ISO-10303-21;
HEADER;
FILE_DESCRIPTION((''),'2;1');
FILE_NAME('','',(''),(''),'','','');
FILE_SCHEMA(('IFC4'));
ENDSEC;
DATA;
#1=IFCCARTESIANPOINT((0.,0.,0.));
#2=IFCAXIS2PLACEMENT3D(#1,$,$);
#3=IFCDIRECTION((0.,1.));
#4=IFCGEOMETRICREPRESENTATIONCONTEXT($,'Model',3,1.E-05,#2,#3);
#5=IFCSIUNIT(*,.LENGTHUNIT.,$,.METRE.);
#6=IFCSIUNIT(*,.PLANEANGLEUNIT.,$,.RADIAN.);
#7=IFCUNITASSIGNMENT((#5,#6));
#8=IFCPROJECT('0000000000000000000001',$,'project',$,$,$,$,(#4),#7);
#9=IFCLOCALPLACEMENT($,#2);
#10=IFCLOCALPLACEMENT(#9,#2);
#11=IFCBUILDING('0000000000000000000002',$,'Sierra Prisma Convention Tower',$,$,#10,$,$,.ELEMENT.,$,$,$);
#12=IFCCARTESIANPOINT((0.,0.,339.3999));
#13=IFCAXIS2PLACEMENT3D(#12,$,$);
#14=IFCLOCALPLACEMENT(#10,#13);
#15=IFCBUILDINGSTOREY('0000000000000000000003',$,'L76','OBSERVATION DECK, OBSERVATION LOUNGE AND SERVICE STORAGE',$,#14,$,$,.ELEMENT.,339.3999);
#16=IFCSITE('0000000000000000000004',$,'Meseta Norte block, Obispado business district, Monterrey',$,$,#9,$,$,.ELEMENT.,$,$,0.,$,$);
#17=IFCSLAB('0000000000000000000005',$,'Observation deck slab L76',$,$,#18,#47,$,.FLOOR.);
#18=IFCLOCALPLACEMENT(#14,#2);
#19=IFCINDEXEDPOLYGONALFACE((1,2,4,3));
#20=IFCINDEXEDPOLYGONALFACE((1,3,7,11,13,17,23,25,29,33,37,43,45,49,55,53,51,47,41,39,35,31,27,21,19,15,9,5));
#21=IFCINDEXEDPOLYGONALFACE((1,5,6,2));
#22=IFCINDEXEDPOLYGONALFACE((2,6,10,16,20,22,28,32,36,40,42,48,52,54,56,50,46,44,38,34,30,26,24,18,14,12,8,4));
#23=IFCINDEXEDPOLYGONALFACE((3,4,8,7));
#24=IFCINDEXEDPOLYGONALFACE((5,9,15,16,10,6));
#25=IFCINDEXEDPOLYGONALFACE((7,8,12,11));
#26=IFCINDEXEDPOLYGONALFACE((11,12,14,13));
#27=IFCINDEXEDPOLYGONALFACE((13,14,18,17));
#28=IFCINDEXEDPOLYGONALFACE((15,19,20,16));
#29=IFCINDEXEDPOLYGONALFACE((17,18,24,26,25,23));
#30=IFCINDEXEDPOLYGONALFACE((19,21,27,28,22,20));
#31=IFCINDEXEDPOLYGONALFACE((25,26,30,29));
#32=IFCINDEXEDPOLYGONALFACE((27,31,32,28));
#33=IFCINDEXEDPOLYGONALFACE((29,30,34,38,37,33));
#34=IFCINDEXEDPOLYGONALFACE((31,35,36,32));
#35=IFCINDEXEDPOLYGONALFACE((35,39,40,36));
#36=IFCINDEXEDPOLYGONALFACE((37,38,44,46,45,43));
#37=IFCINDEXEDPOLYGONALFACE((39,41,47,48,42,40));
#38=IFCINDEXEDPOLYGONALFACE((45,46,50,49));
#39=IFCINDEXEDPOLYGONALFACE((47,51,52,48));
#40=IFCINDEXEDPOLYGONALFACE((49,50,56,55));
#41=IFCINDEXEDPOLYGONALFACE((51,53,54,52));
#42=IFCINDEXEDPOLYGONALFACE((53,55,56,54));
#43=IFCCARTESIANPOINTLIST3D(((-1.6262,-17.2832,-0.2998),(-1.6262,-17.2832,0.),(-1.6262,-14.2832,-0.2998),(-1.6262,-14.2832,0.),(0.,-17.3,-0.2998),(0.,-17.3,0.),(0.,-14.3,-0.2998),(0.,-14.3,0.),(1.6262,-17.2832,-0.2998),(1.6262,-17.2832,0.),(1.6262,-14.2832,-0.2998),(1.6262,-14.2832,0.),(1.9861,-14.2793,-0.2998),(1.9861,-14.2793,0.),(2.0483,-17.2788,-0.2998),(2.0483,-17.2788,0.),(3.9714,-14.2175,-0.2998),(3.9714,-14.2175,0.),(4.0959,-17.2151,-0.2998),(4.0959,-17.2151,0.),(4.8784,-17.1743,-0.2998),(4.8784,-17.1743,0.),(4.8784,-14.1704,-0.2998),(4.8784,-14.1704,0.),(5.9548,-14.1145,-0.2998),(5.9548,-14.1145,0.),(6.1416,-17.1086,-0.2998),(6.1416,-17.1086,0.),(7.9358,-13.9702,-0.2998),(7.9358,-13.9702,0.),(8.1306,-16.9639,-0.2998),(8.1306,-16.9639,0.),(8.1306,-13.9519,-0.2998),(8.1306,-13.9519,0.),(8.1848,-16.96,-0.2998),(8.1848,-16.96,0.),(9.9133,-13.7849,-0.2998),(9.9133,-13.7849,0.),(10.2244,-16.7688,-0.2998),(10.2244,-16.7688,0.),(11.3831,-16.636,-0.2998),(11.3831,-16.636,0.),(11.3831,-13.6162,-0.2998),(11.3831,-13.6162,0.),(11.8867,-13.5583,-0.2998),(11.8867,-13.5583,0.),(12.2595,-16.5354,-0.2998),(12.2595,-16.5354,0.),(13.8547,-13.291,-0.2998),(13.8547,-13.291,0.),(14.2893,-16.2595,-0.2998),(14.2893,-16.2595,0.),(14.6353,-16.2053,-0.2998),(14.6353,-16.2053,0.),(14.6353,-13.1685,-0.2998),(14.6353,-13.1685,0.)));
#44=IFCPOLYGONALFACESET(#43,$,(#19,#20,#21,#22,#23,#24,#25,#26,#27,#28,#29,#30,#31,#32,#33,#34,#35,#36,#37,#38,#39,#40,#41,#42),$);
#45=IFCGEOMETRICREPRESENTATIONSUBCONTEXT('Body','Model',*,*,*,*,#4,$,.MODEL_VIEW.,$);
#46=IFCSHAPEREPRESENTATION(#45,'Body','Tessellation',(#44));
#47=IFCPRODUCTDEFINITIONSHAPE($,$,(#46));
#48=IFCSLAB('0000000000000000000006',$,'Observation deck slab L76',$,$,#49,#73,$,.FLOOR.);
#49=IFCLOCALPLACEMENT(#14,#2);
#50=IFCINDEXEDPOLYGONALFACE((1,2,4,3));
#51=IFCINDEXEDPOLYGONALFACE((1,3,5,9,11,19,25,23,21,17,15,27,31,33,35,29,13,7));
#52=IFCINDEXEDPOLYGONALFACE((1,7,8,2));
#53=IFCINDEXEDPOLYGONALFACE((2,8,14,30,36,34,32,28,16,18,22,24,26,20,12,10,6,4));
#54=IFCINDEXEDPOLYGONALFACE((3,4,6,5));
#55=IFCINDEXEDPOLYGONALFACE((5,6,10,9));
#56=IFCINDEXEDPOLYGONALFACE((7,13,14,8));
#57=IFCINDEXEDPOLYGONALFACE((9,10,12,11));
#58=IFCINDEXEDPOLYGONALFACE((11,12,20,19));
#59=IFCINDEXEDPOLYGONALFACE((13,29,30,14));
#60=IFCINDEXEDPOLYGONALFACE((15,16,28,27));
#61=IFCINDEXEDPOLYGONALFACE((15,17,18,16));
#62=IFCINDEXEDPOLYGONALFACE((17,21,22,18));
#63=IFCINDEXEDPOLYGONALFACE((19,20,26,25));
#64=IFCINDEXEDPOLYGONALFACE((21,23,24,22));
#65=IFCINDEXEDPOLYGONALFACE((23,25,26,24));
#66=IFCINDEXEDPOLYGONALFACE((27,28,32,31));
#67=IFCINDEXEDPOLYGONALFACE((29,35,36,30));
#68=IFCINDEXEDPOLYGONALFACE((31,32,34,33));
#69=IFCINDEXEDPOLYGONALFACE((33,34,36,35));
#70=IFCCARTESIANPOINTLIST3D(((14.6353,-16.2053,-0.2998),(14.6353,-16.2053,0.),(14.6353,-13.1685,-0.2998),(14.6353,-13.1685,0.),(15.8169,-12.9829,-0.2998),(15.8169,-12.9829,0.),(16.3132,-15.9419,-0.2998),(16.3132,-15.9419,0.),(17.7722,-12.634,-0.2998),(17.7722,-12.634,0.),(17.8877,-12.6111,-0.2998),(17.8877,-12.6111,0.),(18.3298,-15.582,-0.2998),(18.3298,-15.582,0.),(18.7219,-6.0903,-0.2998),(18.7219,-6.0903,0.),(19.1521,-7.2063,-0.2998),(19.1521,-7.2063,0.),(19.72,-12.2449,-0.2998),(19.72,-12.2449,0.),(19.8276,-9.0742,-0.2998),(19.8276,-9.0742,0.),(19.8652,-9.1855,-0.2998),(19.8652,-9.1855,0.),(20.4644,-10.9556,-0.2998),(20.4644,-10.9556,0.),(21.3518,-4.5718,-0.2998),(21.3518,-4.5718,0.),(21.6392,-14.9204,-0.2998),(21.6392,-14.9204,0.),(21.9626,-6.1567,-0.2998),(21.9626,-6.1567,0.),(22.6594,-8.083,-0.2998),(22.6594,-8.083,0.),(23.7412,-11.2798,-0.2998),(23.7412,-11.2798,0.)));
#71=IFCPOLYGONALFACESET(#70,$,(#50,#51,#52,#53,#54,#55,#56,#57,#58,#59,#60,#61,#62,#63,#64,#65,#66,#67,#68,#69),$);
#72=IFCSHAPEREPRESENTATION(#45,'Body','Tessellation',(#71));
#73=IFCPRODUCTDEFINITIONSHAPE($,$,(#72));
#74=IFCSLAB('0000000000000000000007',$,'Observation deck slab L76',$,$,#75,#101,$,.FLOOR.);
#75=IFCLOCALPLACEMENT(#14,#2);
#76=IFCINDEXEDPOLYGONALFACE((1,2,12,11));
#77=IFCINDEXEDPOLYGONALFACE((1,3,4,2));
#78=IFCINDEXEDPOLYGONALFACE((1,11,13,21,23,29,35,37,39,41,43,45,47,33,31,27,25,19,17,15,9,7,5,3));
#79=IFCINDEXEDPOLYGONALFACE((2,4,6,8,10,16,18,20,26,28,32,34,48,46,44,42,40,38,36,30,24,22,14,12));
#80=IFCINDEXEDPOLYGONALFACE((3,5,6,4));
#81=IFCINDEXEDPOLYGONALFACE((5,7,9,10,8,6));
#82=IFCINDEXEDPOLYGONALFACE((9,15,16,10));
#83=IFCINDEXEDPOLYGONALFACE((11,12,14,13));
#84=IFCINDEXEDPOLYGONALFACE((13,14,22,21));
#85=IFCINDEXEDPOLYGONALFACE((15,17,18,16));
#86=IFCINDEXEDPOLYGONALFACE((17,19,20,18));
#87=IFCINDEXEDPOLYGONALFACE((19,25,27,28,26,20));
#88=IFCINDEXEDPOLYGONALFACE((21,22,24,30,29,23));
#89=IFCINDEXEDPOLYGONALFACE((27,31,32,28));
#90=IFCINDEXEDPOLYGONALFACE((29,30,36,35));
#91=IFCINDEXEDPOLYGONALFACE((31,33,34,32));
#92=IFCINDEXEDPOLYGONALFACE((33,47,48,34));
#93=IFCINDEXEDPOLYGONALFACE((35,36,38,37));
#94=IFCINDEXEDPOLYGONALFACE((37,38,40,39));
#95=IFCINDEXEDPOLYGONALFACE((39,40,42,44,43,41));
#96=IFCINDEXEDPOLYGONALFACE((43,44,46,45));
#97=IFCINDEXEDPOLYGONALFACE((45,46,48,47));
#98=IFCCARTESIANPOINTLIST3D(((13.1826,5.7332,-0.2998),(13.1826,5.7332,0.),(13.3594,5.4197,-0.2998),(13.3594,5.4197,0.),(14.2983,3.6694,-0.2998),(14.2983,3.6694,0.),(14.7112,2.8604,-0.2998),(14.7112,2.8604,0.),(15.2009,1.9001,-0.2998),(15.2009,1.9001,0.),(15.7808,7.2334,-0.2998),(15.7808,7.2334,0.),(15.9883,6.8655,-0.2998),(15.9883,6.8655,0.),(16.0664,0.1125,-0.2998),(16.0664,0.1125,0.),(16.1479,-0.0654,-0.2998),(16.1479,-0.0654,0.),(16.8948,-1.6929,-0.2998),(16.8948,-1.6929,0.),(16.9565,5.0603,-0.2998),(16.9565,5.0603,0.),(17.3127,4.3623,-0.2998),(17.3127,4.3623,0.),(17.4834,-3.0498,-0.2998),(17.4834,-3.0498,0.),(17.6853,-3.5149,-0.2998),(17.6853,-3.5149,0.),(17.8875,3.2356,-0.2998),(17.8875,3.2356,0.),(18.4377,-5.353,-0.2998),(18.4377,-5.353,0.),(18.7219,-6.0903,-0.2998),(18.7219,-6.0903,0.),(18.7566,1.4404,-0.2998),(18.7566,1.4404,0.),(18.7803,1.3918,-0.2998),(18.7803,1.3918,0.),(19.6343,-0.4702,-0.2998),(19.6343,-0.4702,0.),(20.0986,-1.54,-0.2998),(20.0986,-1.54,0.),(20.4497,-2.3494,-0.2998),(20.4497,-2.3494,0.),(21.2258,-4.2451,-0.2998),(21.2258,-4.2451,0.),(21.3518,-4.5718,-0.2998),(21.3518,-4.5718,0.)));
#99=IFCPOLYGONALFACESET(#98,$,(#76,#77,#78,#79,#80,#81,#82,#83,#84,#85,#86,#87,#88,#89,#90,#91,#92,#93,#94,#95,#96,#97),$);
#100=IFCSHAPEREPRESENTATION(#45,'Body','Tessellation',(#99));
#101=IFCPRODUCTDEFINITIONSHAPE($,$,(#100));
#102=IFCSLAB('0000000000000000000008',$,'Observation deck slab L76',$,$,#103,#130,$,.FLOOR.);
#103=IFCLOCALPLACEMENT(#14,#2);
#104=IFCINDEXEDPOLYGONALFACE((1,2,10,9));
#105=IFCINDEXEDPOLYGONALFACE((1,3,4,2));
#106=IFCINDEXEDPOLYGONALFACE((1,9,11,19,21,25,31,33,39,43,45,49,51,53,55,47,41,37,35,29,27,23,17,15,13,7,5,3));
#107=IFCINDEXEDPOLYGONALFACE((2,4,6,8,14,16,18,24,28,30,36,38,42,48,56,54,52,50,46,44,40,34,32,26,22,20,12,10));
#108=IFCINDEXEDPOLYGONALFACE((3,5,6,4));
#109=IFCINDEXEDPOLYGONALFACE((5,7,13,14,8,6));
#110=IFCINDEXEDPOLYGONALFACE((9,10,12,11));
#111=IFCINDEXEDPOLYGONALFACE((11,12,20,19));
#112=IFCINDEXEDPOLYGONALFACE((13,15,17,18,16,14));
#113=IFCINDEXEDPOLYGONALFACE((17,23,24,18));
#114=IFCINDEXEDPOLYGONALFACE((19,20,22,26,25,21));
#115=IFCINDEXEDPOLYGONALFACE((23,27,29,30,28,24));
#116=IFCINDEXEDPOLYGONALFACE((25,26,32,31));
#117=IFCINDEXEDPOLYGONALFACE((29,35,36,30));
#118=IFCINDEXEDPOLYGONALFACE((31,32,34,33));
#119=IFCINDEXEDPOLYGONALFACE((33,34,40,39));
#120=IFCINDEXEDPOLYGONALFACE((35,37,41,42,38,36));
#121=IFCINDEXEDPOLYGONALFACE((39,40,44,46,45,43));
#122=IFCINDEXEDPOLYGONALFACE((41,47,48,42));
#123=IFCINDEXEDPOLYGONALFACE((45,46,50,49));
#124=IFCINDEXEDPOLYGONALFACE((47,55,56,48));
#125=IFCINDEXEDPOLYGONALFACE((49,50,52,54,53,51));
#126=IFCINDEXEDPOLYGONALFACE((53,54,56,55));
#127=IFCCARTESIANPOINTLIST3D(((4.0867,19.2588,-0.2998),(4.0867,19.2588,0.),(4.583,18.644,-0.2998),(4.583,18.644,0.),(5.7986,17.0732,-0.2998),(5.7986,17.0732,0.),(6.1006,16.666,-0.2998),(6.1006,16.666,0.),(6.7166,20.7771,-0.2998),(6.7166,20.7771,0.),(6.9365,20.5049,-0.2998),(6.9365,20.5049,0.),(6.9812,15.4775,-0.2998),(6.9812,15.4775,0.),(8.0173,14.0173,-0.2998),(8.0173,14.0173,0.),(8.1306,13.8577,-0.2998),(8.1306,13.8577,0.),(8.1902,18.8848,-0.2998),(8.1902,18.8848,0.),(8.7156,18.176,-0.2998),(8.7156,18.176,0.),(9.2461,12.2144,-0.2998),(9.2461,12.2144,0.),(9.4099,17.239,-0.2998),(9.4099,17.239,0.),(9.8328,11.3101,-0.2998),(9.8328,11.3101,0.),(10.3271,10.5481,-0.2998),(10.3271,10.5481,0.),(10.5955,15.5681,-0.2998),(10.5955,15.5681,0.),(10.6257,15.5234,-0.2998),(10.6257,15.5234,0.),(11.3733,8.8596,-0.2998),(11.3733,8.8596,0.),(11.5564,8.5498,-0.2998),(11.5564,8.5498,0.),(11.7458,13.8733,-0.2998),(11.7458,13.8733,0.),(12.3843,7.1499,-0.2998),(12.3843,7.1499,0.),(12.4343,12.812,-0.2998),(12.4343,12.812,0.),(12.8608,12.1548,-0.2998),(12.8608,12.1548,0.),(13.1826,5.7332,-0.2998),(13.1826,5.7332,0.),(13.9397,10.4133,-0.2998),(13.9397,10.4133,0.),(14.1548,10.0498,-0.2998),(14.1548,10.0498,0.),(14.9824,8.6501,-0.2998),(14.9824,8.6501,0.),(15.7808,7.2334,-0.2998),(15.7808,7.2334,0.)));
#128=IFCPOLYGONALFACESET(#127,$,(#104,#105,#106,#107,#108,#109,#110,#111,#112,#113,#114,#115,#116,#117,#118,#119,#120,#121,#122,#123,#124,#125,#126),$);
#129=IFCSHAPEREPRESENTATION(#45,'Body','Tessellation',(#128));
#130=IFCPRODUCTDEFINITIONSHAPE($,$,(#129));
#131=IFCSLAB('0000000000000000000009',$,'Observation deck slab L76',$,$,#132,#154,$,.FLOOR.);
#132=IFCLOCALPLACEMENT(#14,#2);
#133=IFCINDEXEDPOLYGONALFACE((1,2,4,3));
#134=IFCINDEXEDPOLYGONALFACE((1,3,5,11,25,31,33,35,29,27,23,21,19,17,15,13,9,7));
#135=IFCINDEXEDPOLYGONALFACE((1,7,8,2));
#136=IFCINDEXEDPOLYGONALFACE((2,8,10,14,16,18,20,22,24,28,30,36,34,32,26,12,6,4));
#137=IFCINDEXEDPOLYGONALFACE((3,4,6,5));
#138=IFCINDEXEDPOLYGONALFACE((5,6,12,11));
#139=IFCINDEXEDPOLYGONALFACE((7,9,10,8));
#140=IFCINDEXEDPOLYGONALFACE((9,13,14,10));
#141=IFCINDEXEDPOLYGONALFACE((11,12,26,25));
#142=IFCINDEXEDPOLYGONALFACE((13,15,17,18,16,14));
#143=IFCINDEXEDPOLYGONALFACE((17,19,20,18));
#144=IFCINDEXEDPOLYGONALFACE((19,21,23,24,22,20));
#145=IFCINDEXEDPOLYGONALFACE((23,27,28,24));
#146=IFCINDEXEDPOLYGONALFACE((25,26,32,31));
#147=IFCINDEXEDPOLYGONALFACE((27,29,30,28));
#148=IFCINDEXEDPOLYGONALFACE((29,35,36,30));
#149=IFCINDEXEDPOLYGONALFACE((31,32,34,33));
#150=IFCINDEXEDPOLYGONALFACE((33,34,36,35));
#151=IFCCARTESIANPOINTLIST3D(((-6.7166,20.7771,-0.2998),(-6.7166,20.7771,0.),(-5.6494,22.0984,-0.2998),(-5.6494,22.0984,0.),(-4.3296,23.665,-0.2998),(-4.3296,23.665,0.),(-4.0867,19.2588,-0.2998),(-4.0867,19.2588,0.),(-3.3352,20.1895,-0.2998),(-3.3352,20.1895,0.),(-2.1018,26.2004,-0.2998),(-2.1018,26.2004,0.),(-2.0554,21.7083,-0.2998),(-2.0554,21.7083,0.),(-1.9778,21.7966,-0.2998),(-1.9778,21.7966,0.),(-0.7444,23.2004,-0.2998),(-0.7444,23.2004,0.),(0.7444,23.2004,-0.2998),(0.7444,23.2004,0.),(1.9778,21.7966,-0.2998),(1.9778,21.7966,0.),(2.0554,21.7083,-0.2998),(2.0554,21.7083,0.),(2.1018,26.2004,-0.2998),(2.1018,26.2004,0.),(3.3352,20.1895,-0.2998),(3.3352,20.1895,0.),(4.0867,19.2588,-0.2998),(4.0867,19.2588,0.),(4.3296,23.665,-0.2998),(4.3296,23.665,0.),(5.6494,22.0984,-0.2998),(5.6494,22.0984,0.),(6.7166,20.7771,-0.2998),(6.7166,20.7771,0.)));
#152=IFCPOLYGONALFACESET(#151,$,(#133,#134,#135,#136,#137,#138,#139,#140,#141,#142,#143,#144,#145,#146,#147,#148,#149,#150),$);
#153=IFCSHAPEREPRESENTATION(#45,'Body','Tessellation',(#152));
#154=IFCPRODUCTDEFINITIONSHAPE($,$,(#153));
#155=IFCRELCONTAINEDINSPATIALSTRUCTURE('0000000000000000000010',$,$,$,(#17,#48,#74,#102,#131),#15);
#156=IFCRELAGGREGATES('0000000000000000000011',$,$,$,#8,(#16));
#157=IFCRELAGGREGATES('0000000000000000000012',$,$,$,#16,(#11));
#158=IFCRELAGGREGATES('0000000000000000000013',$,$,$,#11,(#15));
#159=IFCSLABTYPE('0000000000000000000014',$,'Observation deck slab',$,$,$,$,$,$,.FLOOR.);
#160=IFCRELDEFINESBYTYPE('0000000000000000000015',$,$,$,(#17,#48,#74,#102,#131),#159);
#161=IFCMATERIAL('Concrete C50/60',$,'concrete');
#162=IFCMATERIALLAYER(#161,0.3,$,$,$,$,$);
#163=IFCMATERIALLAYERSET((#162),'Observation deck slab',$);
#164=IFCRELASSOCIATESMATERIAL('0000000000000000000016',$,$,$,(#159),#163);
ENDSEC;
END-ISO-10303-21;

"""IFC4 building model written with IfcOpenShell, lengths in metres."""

from ifc_helpers import new_model, si_unit, direction, frame, origin, place, context, subcontext, project, spatial, polyline, outline, extrude, material, layer, layer_set, type_object, element, save


model = new_model("IFC4")

# Units and contexts
model_context = context("Model", 3, precision=1e-05, world=origin(), true_north=direction((0.0, 1.0)))
body_context = subcontext(model_context, "Body", "Model", "MODEL_VIEW")
ifc_project = project(units=[si_unit("LENGTHUNIT", "METRE"), si_unit("PLANEANGLEUNIT", "RADIAN")], contexts=[model_context])

# Site, building, storey
site_placement = place(None, origin())
site = spatial("IfcSite", under=ifc_project, at=site_placement, Name="Meseta Norte block, Obispado business district, Monterrey", CompositionType="ELEMENT", RefElevation=0.0)
building_placement = place(site_placement, origin())
building = spatial("IfcBuilding", under=site, at=building_placement, Name="Sierra Prisma Convention Tower", CompositionType="ELEMENT")
storey_placement = place(building_placement, frame((0.0, 0.0, 339.3999)))
storey = spatial("IfcBuildingStorey", under=building, at=storey_placement, Name="L76", Description="OBSERVATION DECK, OBSERVATION LOUNGE AND SERVICE STORAGE", CompositionType="ELEMENT", Elevation=339.3999)

# Slabs
ifc_material_1 = material(Name="Concrete C50/60", Category="concrete")
ifc_layer_1 = layer(ifc_material_1, 0.3)
ifc_layer_set_1 = layer_set([ifc_layer_1], Name="Observation deck slab")
slab_type = type_object("IfcSlabType", Name="Observation deck slab", PredefinedType="FLOOR", material=ifc_layer_set_1)
slab_1_placement = place(storey_placement, frame((0.0, 0.0, -0.2998)))
element("IfcSlab", 1, at=slab_1_placement, inside=storey, type_object=slab_type, Name="Observation deck slab L76", PredefinedType="FLOOR", context=body_context, shape_type="SweptSolid", body=[
    extrude(outline(polyline([(-1.6262, -17.2832), (-1.6262, -14.2832), (0.0, -14.3), (1.6262, -14.2832), (1.9861, -14.2793), (3.9714, -14.2175), (4.8784, -14.1704), (5.9548, -14.1145), (7.9358, -13.9702), (8.1306, -13.9519), (9.9133, -13.7849), (11.3831, -13.6162), (11.8867, -13.5583), (13.8547, -13.291), (14.6353, -13.1685), (14.6353, -16.2053), (14.2893, -16.2595), (12.2595, -16.5354), (11.3831, -16.636), (10.2244, -16.7688), (8.1848, -16.96), (8.1306, -16.9639), (6.1416, -17.1086), (4.8784, -17.1743), (4.0959, -17.2151), (2.0483, -17.2788), (1.6262, -17.2832), (0.0, -17.3), (-1.6262, -17.2832)])), origin(), (0.0, 0.0, 1.0), 0.2998),
])
slab_2_placement = place(storey_placement, frame((0.0, 0.0, -0.2998)))
element("IfcSlab", 2, at=slab_2_placement, inside=storey, type_object=slab_type, Name="Observation deck slab L76", PredefinedType="FLOOR", context=body_context, shape_type="SweptSolid", body=[
    extrude(outline(polyline([(21.3518, -4.5718), (21.9626, -6.1567), (22.6594, -8.083), (23.7412, -11.2798), (21.6392, -14.9204), (18.3298, -15.582), (16.3132, -15.9419), (14.6353, -16.2053), (14.6353, -13.1685), (15.8169, -12.9829), (17.7722, -12.634), (17.8877, -12.6111), (19.72, -12.2449), (20.4644, -10.9556), (19.8652, -9.1855), (19.8276, -9.0742), (19.1521, -7.2063), (18.7219, -6.0903), (21.3518, -4.5718)])), origin(), (0.0, 0.0, 1.0), 0.2998),
])
slab_3_placement = place(storey_placement, frame((0.0, 0.0, -0.2998)))
element("IfcSlab", 3, at=slab_3_placement, inside=storey, type_object=slab_type, Name="Observation deck slab L76", PredefinedType="FLOOR", context=body_context, shape_type="SweptSolid", body=[
    extrude(outline(polyline([(21.2258, -4.2451), (21.3518, -4.5718), (18.7219, -6.0903), (18.4377, -5.353), (17.6853, -3.5149), (17.4834, -3.0498), (16.8948, -1.6929), (16.1479, -0.0654), (16.0664, 0.1125), (15.2009, 1.9001), (14.7112, 2.8604), (14.2983, 3.6694), (13.3594, 5.4197), (13.1826, 5.7332), (15.7808, 7.2334), (15.9883, 6.8655), (16.9565, 5.0603), (17.3127, 4.3623), (17.8875, 3.2356), (18.7566, 1.4404), (18.7803, 1.3918), (19.6343, -0.4702), (20.0986, -1.54), (20.4497, -2.3494), (21.2258, -4.2451)])), origin(), (0.0, 0.0, 1.0), 0.2998),
])
slab_4_placement = place(storey_placement, frame((0.0, 0.0, -0.2998)))
element("IfcSlab", 4, at=slab_4_placement, inside=storey, type_object=slab_type, Name="Observation deck slab L76", PredefinedType="FLOOR", context=body_context, shape_type="SweptSolid", body=[
    extrude(outline(polyline([(15.7808, 7.2334), (13.1826, 5.7332), (12.3843, 7.1499), (11.5564, 8.5498), (11.3733, 8.8596), (10.3271, 10.5481), (9.8328, 11.3101), (9.2461, 12.2144), (8.1306, 13.8577), (8.0173, 14.0173), (6.9812, 15.4775), (6.1006, 16.666), (5.7986, 17.0732), (4.583, 18.644), (4.0867, 19.2588), (6.7166, 20.7771), (6.9365, 20.5049), (8.1902, 18.8848), (8.7156, 18.176), (9.4099, 17.239), (10.5955, 15.5681), (10.6257, 15.5234), (11.7458, 13.8733), (12.4343, 12.812), (12.8608, 12.1548), (13.9397, 10.4133), (14.1548, 10.0498), (14.9824, 8.6501), (15.7808, 7.2334)])), origin(), (0.0, 0.0, 1.0), 0.2998),
])
slab_5_placement = place(storey_placement, frame((0.0, 0.0, -0.2998)))
element("IfcSlab", 5, at=slab_5_placement, inside=storey, type_object=slab_type, Name="Observation deck slab L76", PredefinedType="FLOOR", context=body_context, shape_type="SweptSolid", body=[
    extrude(outline(polyline([(-6.7166, 20.7771), (-5.6494, 22.0984), (-4.3296, 23.665), (-2.1018, 26.2004), (2.1018, 26.2004), (4.3296, 23.665), (5.6494, 22.0984), (6.7166, 20.7771), (4.0867, 19.2588), (3.3352, 20.1895), (2.0554, 21.7083), (1.9778, 21.7966), (0.7444, 23.2004), (-0.7444, 23.2004), (-1.9778, 21.7966), (-2.0554, 21.7083), (-3.3352, 20.1895), (-4.0867, 19.2588), (-6.7166, 20.7771)])), origin(), (0.0, 0.0, 1.0), 0.2998),
])

save(model, "model.ifc")
